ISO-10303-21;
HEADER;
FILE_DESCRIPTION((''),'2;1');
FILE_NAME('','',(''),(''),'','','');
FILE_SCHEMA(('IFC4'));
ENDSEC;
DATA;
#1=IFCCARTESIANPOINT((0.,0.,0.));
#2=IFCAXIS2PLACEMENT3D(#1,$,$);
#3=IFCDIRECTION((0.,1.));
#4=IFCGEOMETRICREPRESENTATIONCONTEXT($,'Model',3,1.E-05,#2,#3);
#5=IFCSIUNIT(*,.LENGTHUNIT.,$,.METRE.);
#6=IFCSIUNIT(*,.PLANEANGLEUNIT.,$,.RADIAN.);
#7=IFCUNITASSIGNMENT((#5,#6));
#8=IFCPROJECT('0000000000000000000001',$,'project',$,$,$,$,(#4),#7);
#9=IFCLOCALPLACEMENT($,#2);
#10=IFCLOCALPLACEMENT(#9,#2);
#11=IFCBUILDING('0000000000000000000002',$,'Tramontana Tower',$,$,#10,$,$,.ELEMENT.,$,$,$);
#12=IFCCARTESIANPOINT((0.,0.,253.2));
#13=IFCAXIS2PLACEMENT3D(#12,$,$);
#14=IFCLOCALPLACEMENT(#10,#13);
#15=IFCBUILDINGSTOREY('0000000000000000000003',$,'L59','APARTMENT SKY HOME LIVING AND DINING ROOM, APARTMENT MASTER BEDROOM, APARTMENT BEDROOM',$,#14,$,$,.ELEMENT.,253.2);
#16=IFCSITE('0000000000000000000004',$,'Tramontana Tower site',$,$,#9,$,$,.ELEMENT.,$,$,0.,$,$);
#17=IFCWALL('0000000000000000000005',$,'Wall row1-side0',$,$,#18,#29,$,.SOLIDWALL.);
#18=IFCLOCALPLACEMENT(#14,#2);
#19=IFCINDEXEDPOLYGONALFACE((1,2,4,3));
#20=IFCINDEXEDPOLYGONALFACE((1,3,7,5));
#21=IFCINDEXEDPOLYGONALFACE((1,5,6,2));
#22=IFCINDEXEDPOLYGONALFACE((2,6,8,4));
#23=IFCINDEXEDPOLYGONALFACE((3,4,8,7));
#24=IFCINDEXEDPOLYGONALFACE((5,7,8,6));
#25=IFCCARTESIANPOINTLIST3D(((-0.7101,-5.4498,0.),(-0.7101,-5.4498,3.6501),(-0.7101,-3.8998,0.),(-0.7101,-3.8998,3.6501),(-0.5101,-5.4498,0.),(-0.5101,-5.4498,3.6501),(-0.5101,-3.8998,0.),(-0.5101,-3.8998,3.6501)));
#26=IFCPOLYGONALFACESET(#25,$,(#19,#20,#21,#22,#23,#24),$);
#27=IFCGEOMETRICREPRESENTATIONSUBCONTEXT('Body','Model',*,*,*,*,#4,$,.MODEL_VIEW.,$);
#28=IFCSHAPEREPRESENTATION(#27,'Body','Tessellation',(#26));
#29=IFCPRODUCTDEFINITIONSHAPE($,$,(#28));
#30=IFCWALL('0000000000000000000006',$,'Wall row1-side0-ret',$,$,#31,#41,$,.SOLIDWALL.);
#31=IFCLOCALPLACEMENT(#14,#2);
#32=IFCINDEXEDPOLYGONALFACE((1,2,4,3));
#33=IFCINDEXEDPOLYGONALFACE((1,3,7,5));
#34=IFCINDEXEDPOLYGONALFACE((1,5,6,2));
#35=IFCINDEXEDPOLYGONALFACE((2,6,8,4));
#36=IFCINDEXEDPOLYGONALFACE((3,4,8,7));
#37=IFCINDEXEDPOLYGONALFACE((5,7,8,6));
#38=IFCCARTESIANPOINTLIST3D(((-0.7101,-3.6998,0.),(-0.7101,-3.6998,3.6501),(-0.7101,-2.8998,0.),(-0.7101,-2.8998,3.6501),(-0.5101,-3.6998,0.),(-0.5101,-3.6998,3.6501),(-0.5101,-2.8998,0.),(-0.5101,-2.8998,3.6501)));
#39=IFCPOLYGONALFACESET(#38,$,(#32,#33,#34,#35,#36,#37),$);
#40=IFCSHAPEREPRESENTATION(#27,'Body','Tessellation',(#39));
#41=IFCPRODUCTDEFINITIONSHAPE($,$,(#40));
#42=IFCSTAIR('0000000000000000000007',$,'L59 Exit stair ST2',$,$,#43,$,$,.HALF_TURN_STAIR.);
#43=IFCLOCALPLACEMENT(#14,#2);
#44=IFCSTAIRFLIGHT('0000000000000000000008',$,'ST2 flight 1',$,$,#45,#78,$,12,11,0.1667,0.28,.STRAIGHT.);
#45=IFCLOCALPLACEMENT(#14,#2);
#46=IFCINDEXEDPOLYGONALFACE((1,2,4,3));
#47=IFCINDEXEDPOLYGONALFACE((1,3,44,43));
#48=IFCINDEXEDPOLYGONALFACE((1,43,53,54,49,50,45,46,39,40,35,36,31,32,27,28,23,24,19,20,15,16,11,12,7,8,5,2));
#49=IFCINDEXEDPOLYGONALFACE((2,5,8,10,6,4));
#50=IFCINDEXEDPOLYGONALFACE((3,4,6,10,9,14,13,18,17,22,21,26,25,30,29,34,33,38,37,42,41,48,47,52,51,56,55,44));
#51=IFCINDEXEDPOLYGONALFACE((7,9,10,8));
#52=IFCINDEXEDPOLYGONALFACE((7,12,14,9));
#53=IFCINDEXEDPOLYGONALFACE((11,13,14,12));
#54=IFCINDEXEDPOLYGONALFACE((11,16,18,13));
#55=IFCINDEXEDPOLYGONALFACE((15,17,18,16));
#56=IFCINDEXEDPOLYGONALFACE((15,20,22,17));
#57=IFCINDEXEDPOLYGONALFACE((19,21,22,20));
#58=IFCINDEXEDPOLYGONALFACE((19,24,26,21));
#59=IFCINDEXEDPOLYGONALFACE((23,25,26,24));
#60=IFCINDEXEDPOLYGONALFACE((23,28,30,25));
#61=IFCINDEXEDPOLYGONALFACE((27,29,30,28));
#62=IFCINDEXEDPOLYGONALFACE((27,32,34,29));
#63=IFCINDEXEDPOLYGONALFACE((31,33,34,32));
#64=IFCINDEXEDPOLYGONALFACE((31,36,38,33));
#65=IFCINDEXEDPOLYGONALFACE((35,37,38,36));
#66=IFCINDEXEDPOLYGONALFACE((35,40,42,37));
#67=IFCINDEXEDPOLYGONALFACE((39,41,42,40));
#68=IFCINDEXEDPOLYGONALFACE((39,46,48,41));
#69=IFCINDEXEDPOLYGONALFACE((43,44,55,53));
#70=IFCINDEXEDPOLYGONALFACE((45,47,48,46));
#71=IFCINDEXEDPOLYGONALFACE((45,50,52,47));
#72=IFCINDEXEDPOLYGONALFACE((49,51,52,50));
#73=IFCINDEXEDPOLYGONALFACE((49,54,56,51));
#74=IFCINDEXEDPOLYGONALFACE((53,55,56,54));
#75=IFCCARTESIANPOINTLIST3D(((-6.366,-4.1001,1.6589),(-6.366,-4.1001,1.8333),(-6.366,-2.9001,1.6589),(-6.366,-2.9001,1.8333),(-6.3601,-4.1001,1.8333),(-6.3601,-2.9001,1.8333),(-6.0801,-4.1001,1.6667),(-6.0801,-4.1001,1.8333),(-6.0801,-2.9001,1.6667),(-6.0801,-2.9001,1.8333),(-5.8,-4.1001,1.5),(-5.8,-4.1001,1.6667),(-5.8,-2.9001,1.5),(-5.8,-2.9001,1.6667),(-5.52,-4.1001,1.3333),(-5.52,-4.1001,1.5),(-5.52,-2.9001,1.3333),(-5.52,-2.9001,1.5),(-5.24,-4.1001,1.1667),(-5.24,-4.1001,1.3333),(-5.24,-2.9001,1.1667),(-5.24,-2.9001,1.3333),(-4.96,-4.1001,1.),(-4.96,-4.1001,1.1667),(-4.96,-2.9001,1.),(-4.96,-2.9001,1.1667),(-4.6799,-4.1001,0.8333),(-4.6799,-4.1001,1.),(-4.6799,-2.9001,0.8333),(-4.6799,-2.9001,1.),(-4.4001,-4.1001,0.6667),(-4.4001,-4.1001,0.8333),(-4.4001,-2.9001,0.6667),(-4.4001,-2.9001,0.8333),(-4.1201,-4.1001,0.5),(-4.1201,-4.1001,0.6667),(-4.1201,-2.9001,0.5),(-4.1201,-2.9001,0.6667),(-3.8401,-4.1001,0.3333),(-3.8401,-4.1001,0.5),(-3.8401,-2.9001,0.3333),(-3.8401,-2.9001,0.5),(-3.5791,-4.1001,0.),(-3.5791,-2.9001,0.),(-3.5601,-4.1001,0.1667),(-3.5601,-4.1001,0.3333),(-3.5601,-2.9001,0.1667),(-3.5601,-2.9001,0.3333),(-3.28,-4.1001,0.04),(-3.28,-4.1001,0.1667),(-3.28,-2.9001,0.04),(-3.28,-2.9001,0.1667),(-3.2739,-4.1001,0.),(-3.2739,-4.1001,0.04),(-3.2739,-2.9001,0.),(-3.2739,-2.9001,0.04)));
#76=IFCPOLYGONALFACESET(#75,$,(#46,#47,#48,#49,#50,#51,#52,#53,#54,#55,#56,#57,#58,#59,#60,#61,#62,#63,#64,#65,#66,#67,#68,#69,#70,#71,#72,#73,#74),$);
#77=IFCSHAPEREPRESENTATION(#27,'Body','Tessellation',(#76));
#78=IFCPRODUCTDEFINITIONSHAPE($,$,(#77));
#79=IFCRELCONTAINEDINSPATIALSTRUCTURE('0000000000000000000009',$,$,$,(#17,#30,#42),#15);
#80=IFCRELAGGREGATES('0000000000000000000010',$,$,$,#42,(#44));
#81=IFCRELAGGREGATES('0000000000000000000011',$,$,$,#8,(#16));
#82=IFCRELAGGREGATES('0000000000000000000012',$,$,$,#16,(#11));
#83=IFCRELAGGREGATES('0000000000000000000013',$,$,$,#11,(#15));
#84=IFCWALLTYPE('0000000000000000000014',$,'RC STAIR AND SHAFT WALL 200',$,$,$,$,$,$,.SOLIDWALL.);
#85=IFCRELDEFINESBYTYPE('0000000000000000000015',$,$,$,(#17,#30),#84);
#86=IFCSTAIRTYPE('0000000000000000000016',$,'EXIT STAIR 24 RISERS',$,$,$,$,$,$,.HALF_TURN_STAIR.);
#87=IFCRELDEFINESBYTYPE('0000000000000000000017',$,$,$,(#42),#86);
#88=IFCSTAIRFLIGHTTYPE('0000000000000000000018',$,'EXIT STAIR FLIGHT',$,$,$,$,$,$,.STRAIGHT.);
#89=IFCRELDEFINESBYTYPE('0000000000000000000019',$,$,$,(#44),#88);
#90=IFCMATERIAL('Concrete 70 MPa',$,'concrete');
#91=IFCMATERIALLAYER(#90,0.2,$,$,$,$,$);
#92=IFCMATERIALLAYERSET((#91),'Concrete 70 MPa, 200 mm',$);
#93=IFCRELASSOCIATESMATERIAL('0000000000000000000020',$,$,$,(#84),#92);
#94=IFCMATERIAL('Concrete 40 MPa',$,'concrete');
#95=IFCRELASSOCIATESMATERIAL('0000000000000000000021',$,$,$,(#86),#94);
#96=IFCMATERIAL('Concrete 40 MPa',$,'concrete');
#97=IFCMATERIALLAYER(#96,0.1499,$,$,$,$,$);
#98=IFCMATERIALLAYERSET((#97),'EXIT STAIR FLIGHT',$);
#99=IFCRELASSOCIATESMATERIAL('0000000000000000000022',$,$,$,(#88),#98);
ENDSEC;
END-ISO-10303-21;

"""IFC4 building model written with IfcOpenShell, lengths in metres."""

from ifc_helpers import new_model, si_unit, direction, frame, frame_2d, origin, place, context, subcontext, project, spatial, polyline, rectangle, outline, extrude, material, layer, layer_set, type_object, element, aggregate, save


model = new_model("IFC4")

# Units and contexts
model_context = context("Model", 3, precision=1e-05, world=origin(), true_north=direction((0.0, 1.0)))
body_context = subcontext(model_context, "Body", "Model", "MODEL_VIEW")
ifc_project = project(units=[si_unit("LENGTHUNIT", "METRE"), si_unit("PLANEANGLEUNIT", "RADIAN")], contexts=[model_context])

# Site, building, storey
site_placement = place(None, origin())
site = spatial("IfcSite", under=ifc_project, at=site_placement, Name="Tramontana Tower site", CompositionType="ELEMENT", RefElevation=0.0)
building_placement = place(site_placement, origin())
building = spatial("IfcBuilding", under=site, at=building_placement, Name="Tramontana Tower", CompositionType="ELEMENT")
storey_placement = place(building_placement, frame((0.0, 0.0, 253.2)))
storey = spatial("IfcBuildingStorey", under=building, at=storey_placement, Name="L59", Description="APARTMENT SKY HOME LIVING AND DINING ROOM, APARTMENT MASTER BEDROOM, APARTMENT BEDROOM", CompositionType="ELEMENT", Elevation=253.2)

# Shared definitions
ifc_material_1 = material(Name="Concrete 70 MPa", Category="concrete")
ifc_layer_1 = layer(ifc_material_1, 0.2)
ifc_layer_set_1 = layer_set([ifc_layer_1], Name="Concrete 70 MPa, 200 mm")
wall_type_1 = type_object("IfcWallType", Name="RC STAIR AND SHAFT WALL 200", PredefinedType="SOLIDWALL", material=ifc_layer_set_1)

# Walls
wall_1_placement = place(storey_placement, frame((-0.6101, -3.8999, 0.0), z_axis=(0.0, 0.0, 1.0), x_axis=(0.0, -1.0, 0.0)))
element("IfcWall", 1, at=wall_1_placement, inside=storey, type_object=wall_type_1, Name="Wall row1-side0", PredefinedType="SOLIDWALL", context=body_context, shape_type="SweptSolid", body=[
    extrude(rectangle(XDim=1.55, YDim=0.2, at=frame_2d((0.7749, 0.0))), origin(), (0.0, 0.0, 1.0), 3.6501),
])
wall_2_placement = place(storey_placement, frame((-0.6101, -2.8999, 0.0), z_axis=(0.0, 0.0, 1.0), x_axis=(0.0, -1.0, 0.0)))
element("IfcWall", 2, at=wall_2_placement, inside=storey, type_object=wall_type_1, Name="Wall row1-side0-ret", PredefinedType="SOLIDWALL", context=body_context, shape_type="SweptSolid", body=[
    extrude(rectangle(XDim=0.8, YDim=0.2, at=frame_2d((0.3999, 0.0))), origin(), (0.0, 0.0, 1.0), 3.6501),
])

# Stair, stair flight
ifc_material_2 = material(Name="Concrete 40 MPa", Category="concrete")
stair_type = type_object("IfcStairType", Name="EXIT STAIR 24 RISERS", PredefinedType="HALF_TURN_STAIR", material=ifc_material_2)
stair_placement = place(storey_placement, origin())
stair = element("IfcStair", 3, at=stair_placement, inside=storey, type_object=stair_type, Name="L59 Exit stair ST2", PredefinedType="HALF_TURN_STAIR")
ifc_material_3 = material(Name="Concrete 40 MPa", Category="concrete")
ifc_layer_2 = layer(ifc_material_3, 0.1499)
ifc_layer_set_2 = layer_set([ifc_layer_2], Name="EXIT STAIR FLIGHT")
stair_flight_type = type_object("IfcStairFlightType", Name="EXIT STAIR FLIGHT", PredefinedType="STRAIGHT", material=ifc_layer_set_2)
stair_flight_placement = place(storey_placement, frame((-3.28, -3.5, 0.0), z_axis=(0.0, 0.0, 1.0), x_axis=(-1.0, 0.0, 0.0)))
stair_flight = element("IfcStairFlight", 4, at=stair_flight_placement, type_object=stair_flight_type, Name="ST2 flight 1", NumberOfRisers=12, NumberOfTreads=11, PredefinedType="STRAIGHT", RiserHeight=0.1667, TreadLength=0.28, context=body_context, shape_type="SweptSolid", body=[
    extrude(outline(polyline([(-0.0061, 0.0), (-0.0061, 0.04), (0.0, 0.04), (0.0, 0.1667), (0.28, 0.1667), (0.28, 0.3333), (0.5601, 0.3333), (0.5601, 0.5), (0.8401, 0.5), (0.8401, 0.6667), (1.1201, 0.6667), (1.1201, 0.8333), (1.3999, 0.8333), (1.3999, 1.0), (1.6799, 1.0), (1.6799, 1.1667), (1.96, 1.1667), (1.96, 1.3333), (2.24, 1.3333), (2.24, 1.5), (2.52, 1.5), (2.52, 1.6667), (2.8, 1.6667), (2.8, 1.8333), (3.0801, 1.8333), (3.0859, 1.8333), (3.0859, 1.6589), (0.2991, 0.0), (-0.0061, 0.0)])), frame((0.0, 0.6001, 0.0), z_axis=(0.0, -1.0, 0.0), x_axis=(1.0, 0.0, 0.0)), (0.0, 0.0, 1.0), 1.2),
])
aggregate(stair, [stair_flight])

save(model, "model.ifc")
